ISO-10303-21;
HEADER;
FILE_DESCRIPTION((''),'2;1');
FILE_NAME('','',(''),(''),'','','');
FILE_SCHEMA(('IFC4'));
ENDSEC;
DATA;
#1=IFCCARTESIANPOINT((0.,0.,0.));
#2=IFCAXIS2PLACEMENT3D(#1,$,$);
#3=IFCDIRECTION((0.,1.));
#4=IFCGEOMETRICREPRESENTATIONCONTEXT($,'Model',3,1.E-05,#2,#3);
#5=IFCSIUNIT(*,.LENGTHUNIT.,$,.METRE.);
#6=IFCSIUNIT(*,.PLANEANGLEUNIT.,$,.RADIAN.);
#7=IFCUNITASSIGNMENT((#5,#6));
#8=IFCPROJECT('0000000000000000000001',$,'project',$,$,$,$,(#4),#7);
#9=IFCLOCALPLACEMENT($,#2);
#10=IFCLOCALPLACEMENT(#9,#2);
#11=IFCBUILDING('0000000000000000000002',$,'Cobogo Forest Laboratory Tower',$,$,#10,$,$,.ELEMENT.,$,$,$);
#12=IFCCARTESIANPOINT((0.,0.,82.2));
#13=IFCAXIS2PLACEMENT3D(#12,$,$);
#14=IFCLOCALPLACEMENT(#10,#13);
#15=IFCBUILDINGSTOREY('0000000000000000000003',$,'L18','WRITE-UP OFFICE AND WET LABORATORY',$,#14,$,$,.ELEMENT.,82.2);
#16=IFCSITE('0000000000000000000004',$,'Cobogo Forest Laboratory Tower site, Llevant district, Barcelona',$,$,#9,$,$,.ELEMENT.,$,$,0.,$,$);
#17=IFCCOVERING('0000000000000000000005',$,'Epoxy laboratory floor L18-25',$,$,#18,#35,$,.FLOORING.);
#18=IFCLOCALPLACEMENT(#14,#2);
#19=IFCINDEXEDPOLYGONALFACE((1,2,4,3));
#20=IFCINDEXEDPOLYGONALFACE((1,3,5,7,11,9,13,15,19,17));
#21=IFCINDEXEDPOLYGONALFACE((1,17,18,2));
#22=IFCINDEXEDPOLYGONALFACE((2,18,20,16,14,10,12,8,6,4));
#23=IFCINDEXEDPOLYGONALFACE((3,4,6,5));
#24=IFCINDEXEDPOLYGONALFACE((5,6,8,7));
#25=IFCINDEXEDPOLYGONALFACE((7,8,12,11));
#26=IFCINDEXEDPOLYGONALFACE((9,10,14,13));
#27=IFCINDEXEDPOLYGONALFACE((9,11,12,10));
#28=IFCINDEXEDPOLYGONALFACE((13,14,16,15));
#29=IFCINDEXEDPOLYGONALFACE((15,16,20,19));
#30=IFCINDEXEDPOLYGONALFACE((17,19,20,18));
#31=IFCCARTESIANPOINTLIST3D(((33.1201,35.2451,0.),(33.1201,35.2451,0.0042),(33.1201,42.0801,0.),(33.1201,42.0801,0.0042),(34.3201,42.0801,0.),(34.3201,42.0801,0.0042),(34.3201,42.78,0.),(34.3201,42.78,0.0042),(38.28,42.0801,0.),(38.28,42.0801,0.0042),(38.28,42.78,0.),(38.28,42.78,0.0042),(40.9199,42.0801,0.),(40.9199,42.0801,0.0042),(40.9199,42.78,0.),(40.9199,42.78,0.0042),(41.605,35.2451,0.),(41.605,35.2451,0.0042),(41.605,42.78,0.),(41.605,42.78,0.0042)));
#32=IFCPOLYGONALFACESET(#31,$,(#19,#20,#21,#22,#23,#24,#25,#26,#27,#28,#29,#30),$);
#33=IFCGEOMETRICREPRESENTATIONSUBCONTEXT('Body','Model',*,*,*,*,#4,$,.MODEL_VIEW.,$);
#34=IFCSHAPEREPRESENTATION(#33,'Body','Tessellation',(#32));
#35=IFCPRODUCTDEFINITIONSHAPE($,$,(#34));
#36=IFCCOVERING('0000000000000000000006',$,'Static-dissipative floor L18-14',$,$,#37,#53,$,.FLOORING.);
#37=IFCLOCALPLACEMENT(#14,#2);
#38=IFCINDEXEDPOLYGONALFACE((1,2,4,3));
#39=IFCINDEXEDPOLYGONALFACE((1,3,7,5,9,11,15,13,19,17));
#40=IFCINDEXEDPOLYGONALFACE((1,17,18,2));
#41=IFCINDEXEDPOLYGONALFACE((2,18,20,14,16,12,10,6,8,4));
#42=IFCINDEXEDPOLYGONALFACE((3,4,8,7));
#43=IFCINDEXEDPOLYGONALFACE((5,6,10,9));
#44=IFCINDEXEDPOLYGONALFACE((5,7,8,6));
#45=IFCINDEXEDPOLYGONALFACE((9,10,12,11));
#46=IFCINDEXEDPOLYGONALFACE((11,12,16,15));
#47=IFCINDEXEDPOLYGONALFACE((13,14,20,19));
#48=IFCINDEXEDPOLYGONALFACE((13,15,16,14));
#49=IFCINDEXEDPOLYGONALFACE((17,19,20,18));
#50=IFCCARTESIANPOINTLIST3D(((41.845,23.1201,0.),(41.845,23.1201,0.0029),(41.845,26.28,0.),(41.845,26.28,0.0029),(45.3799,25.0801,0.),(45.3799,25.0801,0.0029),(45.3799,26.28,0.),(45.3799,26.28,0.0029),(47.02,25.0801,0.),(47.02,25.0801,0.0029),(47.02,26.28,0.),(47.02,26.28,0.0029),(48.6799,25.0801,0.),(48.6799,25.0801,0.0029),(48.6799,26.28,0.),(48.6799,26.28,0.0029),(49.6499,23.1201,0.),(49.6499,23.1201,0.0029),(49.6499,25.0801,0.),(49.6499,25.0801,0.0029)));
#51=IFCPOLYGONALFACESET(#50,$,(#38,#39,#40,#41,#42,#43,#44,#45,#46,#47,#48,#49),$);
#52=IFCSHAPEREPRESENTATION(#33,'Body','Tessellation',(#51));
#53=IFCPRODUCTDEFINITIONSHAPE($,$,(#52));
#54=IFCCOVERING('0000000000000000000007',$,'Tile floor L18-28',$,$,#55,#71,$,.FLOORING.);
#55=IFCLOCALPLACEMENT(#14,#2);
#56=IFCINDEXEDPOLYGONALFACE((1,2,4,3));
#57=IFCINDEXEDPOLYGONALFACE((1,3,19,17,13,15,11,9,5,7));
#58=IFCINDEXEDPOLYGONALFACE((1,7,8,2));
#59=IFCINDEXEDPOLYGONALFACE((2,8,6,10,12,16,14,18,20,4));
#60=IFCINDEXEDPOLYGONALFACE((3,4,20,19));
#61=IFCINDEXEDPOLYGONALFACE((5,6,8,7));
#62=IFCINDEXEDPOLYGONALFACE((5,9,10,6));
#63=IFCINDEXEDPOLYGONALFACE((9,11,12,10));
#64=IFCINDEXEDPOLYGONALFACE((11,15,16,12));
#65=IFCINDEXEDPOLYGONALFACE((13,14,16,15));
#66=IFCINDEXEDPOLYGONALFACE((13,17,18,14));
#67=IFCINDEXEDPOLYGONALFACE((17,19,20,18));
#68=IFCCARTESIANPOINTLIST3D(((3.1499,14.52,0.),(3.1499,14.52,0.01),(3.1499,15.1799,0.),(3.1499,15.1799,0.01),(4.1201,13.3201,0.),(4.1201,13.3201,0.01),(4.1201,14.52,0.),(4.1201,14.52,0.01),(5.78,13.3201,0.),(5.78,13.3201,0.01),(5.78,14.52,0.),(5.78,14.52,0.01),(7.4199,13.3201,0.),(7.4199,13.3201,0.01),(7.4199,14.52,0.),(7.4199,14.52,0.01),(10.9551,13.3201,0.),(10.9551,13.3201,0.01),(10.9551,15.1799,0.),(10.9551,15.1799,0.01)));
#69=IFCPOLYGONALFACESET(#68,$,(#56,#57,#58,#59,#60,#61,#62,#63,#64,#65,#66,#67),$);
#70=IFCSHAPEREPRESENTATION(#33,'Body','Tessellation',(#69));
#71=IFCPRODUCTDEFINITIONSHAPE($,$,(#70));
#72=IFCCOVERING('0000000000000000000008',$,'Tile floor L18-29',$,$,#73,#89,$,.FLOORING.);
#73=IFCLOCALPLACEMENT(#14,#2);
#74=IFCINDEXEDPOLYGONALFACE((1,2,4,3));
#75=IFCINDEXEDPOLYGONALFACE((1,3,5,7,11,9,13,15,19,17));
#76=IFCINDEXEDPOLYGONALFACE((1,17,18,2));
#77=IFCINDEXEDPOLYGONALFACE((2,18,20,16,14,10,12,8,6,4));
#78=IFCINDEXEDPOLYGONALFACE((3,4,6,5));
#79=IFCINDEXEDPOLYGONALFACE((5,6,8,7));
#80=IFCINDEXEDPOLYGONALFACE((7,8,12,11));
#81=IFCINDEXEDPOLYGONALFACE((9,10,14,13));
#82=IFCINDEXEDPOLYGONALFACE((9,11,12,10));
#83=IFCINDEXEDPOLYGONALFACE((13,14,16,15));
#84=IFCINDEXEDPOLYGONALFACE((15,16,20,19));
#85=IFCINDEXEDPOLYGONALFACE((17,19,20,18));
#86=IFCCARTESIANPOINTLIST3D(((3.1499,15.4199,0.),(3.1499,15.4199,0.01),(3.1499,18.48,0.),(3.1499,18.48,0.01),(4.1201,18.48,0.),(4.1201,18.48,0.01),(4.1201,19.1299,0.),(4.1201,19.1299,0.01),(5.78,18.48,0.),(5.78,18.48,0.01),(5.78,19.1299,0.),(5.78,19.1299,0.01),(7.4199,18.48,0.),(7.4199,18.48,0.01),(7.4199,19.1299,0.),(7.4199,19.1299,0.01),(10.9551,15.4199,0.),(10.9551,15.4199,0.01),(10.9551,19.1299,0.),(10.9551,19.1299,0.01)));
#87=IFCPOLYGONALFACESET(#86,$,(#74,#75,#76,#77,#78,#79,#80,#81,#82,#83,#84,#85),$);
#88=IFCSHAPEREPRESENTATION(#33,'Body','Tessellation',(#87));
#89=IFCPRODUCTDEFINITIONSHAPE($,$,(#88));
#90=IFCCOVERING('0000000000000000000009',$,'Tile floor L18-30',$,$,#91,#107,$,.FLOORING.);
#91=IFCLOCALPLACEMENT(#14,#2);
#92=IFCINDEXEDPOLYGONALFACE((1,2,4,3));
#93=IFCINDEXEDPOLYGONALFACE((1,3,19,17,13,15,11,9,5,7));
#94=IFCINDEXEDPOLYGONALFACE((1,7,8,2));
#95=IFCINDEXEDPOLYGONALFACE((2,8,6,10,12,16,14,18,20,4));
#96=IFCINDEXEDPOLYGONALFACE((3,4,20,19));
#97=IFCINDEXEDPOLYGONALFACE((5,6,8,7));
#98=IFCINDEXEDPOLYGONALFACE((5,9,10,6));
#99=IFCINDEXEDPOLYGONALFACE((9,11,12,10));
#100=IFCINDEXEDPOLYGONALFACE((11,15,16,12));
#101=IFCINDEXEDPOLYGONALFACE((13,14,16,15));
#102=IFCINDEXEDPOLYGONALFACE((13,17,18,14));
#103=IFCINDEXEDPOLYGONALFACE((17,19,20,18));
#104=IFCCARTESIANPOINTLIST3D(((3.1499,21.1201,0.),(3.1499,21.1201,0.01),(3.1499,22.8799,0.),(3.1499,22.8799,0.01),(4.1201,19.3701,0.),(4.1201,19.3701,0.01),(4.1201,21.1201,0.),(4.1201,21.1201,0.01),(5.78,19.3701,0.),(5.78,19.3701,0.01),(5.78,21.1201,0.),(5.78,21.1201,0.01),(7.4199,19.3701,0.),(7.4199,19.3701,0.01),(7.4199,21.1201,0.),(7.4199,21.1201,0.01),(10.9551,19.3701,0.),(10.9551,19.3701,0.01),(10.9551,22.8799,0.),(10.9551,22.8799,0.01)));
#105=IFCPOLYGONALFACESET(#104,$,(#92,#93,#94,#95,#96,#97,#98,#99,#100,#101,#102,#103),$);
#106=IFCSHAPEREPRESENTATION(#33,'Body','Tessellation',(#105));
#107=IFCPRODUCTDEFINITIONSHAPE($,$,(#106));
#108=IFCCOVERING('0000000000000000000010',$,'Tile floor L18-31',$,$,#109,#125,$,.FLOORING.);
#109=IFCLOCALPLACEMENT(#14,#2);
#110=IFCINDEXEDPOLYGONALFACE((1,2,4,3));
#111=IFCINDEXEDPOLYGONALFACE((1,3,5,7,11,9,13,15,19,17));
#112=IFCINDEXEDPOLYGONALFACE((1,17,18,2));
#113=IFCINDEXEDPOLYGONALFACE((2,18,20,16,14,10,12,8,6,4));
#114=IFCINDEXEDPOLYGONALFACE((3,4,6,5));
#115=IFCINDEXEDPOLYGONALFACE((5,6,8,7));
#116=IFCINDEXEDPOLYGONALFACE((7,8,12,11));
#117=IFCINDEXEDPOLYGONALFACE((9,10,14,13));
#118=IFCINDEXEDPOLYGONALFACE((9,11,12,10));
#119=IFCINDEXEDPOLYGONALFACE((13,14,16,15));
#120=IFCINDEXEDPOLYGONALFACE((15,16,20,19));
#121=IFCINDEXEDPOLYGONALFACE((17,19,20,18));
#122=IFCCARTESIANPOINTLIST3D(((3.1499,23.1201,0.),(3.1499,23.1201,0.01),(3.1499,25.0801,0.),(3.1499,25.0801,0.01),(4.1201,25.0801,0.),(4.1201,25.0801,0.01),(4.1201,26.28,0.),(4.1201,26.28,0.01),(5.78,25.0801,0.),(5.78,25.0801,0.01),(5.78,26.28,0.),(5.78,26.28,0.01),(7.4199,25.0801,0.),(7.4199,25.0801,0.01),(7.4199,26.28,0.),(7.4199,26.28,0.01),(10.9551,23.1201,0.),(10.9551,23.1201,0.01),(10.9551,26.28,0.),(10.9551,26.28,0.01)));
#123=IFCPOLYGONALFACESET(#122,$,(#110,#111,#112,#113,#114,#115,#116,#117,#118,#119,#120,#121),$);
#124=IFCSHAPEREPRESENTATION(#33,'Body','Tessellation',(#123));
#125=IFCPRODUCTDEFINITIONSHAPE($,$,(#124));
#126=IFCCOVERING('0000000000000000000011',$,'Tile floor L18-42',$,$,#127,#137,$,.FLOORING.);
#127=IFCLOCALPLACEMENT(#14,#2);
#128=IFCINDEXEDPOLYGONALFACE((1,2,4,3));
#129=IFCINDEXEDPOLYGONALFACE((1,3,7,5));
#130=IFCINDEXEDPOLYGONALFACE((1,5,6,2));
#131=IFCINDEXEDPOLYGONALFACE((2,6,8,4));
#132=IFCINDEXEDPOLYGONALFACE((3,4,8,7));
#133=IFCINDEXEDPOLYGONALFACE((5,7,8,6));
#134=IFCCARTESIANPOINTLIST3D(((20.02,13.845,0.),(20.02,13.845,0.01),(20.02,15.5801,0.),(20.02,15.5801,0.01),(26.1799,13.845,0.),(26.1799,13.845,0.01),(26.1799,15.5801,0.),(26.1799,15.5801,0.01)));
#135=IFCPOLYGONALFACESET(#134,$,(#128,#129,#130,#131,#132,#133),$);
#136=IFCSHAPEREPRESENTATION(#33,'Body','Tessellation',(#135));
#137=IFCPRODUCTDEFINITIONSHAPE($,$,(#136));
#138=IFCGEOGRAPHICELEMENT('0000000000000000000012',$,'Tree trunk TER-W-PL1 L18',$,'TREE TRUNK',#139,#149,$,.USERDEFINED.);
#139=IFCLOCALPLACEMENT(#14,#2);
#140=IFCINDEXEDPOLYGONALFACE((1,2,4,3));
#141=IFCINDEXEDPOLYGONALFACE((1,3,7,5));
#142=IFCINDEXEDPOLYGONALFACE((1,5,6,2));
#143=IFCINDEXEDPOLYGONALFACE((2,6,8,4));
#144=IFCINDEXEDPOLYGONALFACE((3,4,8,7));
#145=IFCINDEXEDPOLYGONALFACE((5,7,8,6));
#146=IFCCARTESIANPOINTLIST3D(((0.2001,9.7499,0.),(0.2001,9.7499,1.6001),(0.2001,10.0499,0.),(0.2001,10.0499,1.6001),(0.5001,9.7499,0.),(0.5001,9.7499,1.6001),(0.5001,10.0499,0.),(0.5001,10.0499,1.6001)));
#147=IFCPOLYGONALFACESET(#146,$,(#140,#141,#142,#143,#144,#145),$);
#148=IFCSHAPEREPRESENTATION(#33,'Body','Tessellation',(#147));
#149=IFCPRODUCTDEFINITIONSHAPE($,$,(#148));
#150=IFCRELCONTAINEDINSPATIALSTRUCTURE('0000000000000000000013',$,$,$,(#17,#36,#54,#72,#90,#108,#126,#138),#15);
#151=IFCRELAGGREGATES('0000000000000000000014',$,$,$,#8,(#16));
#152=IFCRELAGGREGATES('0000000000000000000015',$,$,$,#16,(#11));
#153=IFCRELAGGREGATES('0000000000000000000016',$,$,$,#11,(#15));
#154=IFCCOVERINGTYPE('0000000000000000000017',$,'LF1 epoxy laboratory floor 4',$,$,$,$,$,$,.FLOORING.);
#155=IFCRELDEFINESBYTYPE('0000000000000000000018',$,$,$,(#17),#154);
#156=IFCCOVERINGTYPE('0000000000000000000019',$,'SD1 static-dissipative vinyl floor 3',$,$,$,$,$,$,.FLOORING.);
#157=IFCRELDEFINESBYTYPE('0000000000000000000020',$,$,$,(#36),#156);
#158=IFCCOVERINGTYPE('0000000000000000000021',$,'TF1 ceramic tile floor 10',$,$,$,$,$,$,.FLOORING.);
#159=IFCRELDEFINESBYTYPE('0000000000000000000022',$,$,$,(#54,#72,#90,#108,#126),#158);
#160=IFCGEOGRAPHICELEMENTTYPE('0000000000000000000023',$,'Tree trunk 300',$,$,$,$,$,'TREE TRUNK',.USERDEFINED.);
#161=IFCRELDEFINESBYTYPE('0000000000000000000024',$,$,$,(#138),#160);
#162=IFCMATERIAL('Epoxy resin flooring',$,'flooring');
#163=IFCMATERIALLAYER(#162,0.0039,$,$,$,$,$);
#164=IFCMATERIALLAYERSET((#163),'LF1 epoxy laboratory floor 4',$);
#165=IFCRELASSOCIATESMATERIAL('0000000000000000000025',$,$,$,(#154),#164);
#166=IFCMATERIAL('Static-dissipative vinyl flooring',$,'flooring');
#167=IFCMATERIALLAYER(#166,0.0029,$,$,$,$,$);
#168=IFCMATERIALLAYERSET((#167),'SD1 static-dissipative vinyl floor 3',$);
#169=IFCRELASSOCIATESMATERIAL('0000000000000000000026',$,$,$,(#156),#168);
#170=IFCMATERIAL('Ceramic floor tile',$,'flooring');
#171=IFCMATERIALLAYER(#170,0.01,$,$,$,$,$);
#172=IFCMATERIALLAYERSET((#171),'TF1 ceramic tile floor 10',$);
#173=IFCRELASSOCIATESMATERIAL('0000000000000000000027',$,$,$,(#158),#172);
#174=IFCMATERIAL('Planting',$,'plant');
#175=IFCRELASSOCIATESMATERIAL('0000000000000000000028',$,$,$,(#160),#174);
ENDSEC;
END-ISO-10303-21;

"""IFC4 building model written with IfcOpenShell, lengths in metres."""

from ifc_helpers import new_model, si_unit, direction, frame, origin, origin_2d, place, context, subcontext, project, spatial, polyline, rectangle, outline, extrude, material, layer, layer_set, type_object, element, save


model = new_model("IFC4")

# Units and contexts
model_context = context("Model", 3, precision=1e-05, world=origin(), true_north=direction((0.0, 1.0)))
body_context = subcontext(model_context, "Body", "Model", "MODEL_VIEW")
ifc_project = project(units=[si_unit("LENGTHUNIT", "METRE"), si_unit("PLANEANGLEUNIT", "RADIAN")], contexts=[model_context])

# Site, building, storey
site_placement = place(None, origin())
site = spatial("IfcSite", under=ifc_project, at=site_placement, Name="Cobogo Forest Laboratory Tower site, Llevant district, Barcelona", CompositionType="ELEMENT", RefElevation=0.0)
building_placement = place(site_placement, origin())
building = spatial("IfcBuilding", under=site, at=building_placement, Name="Cobogo Forest Laboratory Tower", CompositionType="ELEMENT")
storey_placement = place(building_placement, frame((0.0, 0.0, 82.2)))
storey = spatial("IfcBuildingStorey", under=building, at=storey_placement, Name="L18", Description="WRITE-UP OFFICE AND WET LABORATORY", CompositionType="ELEMENT", Elevation=82.2)

# Coverings
ifc_material_1 = material(Name="Epoxy resin flooring", Category="flooring")
ifc_layer_1 = layer(ifc_material_1, 0.0039)
ifc_layer_set_1 = layer_set([ifc_layer_1], Name="LF1 epoxy laboratory floor 4")
covering_type_1 = type_object("IfcCoveringType", Name="LF1 epoxy laboratory floor 4", PredefinedType="FLOORING", material=ifc_layer_set_1)
covering_1_placement = place(storey_placement, origin())
element("IfcCovering", 1, at=covering_1_placement, inside=storey, type_object=covering_type_1, Name="Epoxy laboratory floor L18-25", PredefinedType="FLOORING", context=body_context, shape_type="SweptSolid", body=[
    extrude(outline(polyline([(33.1201, 42.0801), (34.3201, 42.0801), (34.3201, 42.78), (38.28, 42.78), (38.28, 42.0801), (40.9199, 42.0801), (40.9199, 42.78), (41.605, 42.78), (41.605, 35.2451), (33.1201, 35.2451), (33.1201, 42.0801)])), origin(), (0.0, 0.0, 1.0), 0.0042),
])
ifc_material_2 = material(Name="Static-dissipative vinyl flooring", Category="flooring")
ifc_layer_2 = layer(ifc_material_2, 0.0029)
ifc_layer_set_2 = layer_set([ifc_layer_2], Name="SD1 static-dissipative vinyl floor 3")
covering_type_2 = type_object("IfcCoveringType", Name="SD1 static-dissipative vinyl floor 3", PredefinedType="FLOORING", material=ifc_layer_set_2)
covering_2_placement = place(storey_placement, origin())
element("IfcCovering", 2, at=covering_2_placement, inside=storey, type_object=covering_type_2, Name="Static-dissipative floor L18-14", PredefinedType="FLOORING", context=body_context, shape_type="SweptSolid", body=[
    extrude(outline(polyline([(41.845, 26.28), (45.3799, 26.28), (45.3799, 25.0801), (47.02, 25.0801), (47.02, 26.28), (48.6799, 26.28), (48.6799, 25.0801), (49.6499, 25.0801), (49.6499, 23.1201), (41.845, 23.1201), (41.845, 26.28)])), origin(), (0.0, 0.0, 1.0), 0.0029),
])
ifc_material_3 = material(Name="Ceramic floor tile", Category="flooring")
ifc_layer_3 = layer(ifc_material_3, 0.01)
ifc_layer_set_3 = layer_set([ifc_layer_3], Name="TF1 ceramic tile floor 10")
covering_type_3 = type_object("IfcCoveringType", Name="TF1 ceramic tile floor 10", PredefinedType="FLOORING", material=ifc_layer_set_3)
covering_3_placement = place(storey_placement, origin())
element("IfcCovering", 3, at=covering_3_placement, inside=storey, type_object=covering_type_3, Name="Tile floor L18-28", PredefinedType="FLOORING", context=body_context, shape_type="SweptSolid", body=[
    extrude(outline(polyline([(10.9551, 13.3201), (7.4199, 13.3201), (7.4199, 14.52), (5.78, 14.52), (5.78, 13.3201), (4.1201, 13.3201), (4.1201, 14.52), (3.1499, 14.52), (3.1499, 15.1799), (10.9551, 15.1799), (10.9551, 13.3201)])), origin(), (0.0, 0.0, 1.0), 0.01),
])
covering_4_placement = place(storey_placement, origin())
element("IfcCovering", 4, at=covering_4_placement, inside=storey, type_object=covering_type_3, Name="Tile floor L18-29", PredefinedType="FLOORING", context=body_context, shape_type="SweptSolid", body=[
    extrude(outline(polyline([(10.9551, 15.4199), (3.1499, 15.4199), (3.1499, 18.48), (4.1201, 18.48), (4.1201, 19.1299), (5.78, 19.1299), (5.78, 18.48), (7.4199, 18.48), (7.4199, 19.1299), (10.9551, 19.1299), (10.9551, 15.4199)])), origin(), (0.0, 0.0, 1.0), 0.01),
])
covering_5_placement = place(storey_placement, origin())
element("IfcCovering", 5, at=covering_5_placement, inside=storey, type_object=covering_type_3, Name="Tile floor L18-30", PredefinedType="FLOORING", context=body_context, shape_type="SweptSolid", body=[
    extrude(outline(polyline([(10.9551, 19.3701), (7.4199, 19.3701), (7.4199, 21.1201), (5.78, 21.1201), (5.78, 19.3701), (4.1201, 19.3701), (4.1201, 21.1201), (3.1499, 21.1201), (3.1499, 22.8799), (10.9551, 22.8799), (10.9551, 19.3701)])), origin(), (0.0, 0.0, 1.0), 0.01),
])
covering_6_placement = place(storey_placement, origin())
element("IfcCovering", 6, at=covering_6_placement, inside=storey, type_object=covering_type_3, Name="Tile floor L18-31", PredefinedType="FLOORING", context=body_context, shape_type="SweptSolid", body=[
    extrude(outline(polyline([(10.9551, 23.1201), (3.1499, 23.1201), (3.1499, 25.0801), (4.1201, 25.0801), (4.1201, 26.28), (5.78, 26.28), (5.78, 25.0801), (7.4199, 25.0801), (7.4199, 26.28), (10.9551, 26.28), (10.9551, 23.1201)])), origin(), (0.0, 0.0, 1.0), 0.01),
])
covering_7_placement = place(storey_placement, origin())
element("IfcCovering", 7, at=covering_7_placement, inside=storey, type_object=covering_type_3, Name="Tile floor L18-42", PredefinedType="FLOORING", context=body_context, shape_type="SweptSolid", body=[
    extrude(outline(polyline([(26.1799, 13.845), (20.02, 13.845), (20.02, 15.5801), (26.1799, 15.5801), (26.1799, 13.845)])), origin(), (0.0, 0.0, 1.0), 0.01),
])

# Geographic element
ifc_material_4 = material(Name="Planting", Category="plant")
geographic_element_type = type_object("IfcGeographicElementType", Name="Tree trunk 300", ElementType="TREE TRUNK", PredefinedType="USERDEFINED", material=ifc_material_4)
geographic_element_placement = place(storey_placement, frame((0.3501, 9.8999, 0.0), z_axis=(0.0, 0.0, 1.0), x_axis=(1.0, 0.0, 0.0)))
element("IfcGeographicElement", 8, at=geographic_element_placement, inside=storey, type_object=geographic_element_type, Name="Tree trunk TER-W-PL1 L18", ObjectType="TREE TRUNK", PredefinedType="USERDEFINED", context=body_context, shape_type="SweptSolid", body=[
    extrude(rectangle(XDim=0.3, YDim=0.3, at=origin_2d()), origin(), (0.0, 0.0, 1.0), 1.6001),
])

save(model, "model.ifc")
